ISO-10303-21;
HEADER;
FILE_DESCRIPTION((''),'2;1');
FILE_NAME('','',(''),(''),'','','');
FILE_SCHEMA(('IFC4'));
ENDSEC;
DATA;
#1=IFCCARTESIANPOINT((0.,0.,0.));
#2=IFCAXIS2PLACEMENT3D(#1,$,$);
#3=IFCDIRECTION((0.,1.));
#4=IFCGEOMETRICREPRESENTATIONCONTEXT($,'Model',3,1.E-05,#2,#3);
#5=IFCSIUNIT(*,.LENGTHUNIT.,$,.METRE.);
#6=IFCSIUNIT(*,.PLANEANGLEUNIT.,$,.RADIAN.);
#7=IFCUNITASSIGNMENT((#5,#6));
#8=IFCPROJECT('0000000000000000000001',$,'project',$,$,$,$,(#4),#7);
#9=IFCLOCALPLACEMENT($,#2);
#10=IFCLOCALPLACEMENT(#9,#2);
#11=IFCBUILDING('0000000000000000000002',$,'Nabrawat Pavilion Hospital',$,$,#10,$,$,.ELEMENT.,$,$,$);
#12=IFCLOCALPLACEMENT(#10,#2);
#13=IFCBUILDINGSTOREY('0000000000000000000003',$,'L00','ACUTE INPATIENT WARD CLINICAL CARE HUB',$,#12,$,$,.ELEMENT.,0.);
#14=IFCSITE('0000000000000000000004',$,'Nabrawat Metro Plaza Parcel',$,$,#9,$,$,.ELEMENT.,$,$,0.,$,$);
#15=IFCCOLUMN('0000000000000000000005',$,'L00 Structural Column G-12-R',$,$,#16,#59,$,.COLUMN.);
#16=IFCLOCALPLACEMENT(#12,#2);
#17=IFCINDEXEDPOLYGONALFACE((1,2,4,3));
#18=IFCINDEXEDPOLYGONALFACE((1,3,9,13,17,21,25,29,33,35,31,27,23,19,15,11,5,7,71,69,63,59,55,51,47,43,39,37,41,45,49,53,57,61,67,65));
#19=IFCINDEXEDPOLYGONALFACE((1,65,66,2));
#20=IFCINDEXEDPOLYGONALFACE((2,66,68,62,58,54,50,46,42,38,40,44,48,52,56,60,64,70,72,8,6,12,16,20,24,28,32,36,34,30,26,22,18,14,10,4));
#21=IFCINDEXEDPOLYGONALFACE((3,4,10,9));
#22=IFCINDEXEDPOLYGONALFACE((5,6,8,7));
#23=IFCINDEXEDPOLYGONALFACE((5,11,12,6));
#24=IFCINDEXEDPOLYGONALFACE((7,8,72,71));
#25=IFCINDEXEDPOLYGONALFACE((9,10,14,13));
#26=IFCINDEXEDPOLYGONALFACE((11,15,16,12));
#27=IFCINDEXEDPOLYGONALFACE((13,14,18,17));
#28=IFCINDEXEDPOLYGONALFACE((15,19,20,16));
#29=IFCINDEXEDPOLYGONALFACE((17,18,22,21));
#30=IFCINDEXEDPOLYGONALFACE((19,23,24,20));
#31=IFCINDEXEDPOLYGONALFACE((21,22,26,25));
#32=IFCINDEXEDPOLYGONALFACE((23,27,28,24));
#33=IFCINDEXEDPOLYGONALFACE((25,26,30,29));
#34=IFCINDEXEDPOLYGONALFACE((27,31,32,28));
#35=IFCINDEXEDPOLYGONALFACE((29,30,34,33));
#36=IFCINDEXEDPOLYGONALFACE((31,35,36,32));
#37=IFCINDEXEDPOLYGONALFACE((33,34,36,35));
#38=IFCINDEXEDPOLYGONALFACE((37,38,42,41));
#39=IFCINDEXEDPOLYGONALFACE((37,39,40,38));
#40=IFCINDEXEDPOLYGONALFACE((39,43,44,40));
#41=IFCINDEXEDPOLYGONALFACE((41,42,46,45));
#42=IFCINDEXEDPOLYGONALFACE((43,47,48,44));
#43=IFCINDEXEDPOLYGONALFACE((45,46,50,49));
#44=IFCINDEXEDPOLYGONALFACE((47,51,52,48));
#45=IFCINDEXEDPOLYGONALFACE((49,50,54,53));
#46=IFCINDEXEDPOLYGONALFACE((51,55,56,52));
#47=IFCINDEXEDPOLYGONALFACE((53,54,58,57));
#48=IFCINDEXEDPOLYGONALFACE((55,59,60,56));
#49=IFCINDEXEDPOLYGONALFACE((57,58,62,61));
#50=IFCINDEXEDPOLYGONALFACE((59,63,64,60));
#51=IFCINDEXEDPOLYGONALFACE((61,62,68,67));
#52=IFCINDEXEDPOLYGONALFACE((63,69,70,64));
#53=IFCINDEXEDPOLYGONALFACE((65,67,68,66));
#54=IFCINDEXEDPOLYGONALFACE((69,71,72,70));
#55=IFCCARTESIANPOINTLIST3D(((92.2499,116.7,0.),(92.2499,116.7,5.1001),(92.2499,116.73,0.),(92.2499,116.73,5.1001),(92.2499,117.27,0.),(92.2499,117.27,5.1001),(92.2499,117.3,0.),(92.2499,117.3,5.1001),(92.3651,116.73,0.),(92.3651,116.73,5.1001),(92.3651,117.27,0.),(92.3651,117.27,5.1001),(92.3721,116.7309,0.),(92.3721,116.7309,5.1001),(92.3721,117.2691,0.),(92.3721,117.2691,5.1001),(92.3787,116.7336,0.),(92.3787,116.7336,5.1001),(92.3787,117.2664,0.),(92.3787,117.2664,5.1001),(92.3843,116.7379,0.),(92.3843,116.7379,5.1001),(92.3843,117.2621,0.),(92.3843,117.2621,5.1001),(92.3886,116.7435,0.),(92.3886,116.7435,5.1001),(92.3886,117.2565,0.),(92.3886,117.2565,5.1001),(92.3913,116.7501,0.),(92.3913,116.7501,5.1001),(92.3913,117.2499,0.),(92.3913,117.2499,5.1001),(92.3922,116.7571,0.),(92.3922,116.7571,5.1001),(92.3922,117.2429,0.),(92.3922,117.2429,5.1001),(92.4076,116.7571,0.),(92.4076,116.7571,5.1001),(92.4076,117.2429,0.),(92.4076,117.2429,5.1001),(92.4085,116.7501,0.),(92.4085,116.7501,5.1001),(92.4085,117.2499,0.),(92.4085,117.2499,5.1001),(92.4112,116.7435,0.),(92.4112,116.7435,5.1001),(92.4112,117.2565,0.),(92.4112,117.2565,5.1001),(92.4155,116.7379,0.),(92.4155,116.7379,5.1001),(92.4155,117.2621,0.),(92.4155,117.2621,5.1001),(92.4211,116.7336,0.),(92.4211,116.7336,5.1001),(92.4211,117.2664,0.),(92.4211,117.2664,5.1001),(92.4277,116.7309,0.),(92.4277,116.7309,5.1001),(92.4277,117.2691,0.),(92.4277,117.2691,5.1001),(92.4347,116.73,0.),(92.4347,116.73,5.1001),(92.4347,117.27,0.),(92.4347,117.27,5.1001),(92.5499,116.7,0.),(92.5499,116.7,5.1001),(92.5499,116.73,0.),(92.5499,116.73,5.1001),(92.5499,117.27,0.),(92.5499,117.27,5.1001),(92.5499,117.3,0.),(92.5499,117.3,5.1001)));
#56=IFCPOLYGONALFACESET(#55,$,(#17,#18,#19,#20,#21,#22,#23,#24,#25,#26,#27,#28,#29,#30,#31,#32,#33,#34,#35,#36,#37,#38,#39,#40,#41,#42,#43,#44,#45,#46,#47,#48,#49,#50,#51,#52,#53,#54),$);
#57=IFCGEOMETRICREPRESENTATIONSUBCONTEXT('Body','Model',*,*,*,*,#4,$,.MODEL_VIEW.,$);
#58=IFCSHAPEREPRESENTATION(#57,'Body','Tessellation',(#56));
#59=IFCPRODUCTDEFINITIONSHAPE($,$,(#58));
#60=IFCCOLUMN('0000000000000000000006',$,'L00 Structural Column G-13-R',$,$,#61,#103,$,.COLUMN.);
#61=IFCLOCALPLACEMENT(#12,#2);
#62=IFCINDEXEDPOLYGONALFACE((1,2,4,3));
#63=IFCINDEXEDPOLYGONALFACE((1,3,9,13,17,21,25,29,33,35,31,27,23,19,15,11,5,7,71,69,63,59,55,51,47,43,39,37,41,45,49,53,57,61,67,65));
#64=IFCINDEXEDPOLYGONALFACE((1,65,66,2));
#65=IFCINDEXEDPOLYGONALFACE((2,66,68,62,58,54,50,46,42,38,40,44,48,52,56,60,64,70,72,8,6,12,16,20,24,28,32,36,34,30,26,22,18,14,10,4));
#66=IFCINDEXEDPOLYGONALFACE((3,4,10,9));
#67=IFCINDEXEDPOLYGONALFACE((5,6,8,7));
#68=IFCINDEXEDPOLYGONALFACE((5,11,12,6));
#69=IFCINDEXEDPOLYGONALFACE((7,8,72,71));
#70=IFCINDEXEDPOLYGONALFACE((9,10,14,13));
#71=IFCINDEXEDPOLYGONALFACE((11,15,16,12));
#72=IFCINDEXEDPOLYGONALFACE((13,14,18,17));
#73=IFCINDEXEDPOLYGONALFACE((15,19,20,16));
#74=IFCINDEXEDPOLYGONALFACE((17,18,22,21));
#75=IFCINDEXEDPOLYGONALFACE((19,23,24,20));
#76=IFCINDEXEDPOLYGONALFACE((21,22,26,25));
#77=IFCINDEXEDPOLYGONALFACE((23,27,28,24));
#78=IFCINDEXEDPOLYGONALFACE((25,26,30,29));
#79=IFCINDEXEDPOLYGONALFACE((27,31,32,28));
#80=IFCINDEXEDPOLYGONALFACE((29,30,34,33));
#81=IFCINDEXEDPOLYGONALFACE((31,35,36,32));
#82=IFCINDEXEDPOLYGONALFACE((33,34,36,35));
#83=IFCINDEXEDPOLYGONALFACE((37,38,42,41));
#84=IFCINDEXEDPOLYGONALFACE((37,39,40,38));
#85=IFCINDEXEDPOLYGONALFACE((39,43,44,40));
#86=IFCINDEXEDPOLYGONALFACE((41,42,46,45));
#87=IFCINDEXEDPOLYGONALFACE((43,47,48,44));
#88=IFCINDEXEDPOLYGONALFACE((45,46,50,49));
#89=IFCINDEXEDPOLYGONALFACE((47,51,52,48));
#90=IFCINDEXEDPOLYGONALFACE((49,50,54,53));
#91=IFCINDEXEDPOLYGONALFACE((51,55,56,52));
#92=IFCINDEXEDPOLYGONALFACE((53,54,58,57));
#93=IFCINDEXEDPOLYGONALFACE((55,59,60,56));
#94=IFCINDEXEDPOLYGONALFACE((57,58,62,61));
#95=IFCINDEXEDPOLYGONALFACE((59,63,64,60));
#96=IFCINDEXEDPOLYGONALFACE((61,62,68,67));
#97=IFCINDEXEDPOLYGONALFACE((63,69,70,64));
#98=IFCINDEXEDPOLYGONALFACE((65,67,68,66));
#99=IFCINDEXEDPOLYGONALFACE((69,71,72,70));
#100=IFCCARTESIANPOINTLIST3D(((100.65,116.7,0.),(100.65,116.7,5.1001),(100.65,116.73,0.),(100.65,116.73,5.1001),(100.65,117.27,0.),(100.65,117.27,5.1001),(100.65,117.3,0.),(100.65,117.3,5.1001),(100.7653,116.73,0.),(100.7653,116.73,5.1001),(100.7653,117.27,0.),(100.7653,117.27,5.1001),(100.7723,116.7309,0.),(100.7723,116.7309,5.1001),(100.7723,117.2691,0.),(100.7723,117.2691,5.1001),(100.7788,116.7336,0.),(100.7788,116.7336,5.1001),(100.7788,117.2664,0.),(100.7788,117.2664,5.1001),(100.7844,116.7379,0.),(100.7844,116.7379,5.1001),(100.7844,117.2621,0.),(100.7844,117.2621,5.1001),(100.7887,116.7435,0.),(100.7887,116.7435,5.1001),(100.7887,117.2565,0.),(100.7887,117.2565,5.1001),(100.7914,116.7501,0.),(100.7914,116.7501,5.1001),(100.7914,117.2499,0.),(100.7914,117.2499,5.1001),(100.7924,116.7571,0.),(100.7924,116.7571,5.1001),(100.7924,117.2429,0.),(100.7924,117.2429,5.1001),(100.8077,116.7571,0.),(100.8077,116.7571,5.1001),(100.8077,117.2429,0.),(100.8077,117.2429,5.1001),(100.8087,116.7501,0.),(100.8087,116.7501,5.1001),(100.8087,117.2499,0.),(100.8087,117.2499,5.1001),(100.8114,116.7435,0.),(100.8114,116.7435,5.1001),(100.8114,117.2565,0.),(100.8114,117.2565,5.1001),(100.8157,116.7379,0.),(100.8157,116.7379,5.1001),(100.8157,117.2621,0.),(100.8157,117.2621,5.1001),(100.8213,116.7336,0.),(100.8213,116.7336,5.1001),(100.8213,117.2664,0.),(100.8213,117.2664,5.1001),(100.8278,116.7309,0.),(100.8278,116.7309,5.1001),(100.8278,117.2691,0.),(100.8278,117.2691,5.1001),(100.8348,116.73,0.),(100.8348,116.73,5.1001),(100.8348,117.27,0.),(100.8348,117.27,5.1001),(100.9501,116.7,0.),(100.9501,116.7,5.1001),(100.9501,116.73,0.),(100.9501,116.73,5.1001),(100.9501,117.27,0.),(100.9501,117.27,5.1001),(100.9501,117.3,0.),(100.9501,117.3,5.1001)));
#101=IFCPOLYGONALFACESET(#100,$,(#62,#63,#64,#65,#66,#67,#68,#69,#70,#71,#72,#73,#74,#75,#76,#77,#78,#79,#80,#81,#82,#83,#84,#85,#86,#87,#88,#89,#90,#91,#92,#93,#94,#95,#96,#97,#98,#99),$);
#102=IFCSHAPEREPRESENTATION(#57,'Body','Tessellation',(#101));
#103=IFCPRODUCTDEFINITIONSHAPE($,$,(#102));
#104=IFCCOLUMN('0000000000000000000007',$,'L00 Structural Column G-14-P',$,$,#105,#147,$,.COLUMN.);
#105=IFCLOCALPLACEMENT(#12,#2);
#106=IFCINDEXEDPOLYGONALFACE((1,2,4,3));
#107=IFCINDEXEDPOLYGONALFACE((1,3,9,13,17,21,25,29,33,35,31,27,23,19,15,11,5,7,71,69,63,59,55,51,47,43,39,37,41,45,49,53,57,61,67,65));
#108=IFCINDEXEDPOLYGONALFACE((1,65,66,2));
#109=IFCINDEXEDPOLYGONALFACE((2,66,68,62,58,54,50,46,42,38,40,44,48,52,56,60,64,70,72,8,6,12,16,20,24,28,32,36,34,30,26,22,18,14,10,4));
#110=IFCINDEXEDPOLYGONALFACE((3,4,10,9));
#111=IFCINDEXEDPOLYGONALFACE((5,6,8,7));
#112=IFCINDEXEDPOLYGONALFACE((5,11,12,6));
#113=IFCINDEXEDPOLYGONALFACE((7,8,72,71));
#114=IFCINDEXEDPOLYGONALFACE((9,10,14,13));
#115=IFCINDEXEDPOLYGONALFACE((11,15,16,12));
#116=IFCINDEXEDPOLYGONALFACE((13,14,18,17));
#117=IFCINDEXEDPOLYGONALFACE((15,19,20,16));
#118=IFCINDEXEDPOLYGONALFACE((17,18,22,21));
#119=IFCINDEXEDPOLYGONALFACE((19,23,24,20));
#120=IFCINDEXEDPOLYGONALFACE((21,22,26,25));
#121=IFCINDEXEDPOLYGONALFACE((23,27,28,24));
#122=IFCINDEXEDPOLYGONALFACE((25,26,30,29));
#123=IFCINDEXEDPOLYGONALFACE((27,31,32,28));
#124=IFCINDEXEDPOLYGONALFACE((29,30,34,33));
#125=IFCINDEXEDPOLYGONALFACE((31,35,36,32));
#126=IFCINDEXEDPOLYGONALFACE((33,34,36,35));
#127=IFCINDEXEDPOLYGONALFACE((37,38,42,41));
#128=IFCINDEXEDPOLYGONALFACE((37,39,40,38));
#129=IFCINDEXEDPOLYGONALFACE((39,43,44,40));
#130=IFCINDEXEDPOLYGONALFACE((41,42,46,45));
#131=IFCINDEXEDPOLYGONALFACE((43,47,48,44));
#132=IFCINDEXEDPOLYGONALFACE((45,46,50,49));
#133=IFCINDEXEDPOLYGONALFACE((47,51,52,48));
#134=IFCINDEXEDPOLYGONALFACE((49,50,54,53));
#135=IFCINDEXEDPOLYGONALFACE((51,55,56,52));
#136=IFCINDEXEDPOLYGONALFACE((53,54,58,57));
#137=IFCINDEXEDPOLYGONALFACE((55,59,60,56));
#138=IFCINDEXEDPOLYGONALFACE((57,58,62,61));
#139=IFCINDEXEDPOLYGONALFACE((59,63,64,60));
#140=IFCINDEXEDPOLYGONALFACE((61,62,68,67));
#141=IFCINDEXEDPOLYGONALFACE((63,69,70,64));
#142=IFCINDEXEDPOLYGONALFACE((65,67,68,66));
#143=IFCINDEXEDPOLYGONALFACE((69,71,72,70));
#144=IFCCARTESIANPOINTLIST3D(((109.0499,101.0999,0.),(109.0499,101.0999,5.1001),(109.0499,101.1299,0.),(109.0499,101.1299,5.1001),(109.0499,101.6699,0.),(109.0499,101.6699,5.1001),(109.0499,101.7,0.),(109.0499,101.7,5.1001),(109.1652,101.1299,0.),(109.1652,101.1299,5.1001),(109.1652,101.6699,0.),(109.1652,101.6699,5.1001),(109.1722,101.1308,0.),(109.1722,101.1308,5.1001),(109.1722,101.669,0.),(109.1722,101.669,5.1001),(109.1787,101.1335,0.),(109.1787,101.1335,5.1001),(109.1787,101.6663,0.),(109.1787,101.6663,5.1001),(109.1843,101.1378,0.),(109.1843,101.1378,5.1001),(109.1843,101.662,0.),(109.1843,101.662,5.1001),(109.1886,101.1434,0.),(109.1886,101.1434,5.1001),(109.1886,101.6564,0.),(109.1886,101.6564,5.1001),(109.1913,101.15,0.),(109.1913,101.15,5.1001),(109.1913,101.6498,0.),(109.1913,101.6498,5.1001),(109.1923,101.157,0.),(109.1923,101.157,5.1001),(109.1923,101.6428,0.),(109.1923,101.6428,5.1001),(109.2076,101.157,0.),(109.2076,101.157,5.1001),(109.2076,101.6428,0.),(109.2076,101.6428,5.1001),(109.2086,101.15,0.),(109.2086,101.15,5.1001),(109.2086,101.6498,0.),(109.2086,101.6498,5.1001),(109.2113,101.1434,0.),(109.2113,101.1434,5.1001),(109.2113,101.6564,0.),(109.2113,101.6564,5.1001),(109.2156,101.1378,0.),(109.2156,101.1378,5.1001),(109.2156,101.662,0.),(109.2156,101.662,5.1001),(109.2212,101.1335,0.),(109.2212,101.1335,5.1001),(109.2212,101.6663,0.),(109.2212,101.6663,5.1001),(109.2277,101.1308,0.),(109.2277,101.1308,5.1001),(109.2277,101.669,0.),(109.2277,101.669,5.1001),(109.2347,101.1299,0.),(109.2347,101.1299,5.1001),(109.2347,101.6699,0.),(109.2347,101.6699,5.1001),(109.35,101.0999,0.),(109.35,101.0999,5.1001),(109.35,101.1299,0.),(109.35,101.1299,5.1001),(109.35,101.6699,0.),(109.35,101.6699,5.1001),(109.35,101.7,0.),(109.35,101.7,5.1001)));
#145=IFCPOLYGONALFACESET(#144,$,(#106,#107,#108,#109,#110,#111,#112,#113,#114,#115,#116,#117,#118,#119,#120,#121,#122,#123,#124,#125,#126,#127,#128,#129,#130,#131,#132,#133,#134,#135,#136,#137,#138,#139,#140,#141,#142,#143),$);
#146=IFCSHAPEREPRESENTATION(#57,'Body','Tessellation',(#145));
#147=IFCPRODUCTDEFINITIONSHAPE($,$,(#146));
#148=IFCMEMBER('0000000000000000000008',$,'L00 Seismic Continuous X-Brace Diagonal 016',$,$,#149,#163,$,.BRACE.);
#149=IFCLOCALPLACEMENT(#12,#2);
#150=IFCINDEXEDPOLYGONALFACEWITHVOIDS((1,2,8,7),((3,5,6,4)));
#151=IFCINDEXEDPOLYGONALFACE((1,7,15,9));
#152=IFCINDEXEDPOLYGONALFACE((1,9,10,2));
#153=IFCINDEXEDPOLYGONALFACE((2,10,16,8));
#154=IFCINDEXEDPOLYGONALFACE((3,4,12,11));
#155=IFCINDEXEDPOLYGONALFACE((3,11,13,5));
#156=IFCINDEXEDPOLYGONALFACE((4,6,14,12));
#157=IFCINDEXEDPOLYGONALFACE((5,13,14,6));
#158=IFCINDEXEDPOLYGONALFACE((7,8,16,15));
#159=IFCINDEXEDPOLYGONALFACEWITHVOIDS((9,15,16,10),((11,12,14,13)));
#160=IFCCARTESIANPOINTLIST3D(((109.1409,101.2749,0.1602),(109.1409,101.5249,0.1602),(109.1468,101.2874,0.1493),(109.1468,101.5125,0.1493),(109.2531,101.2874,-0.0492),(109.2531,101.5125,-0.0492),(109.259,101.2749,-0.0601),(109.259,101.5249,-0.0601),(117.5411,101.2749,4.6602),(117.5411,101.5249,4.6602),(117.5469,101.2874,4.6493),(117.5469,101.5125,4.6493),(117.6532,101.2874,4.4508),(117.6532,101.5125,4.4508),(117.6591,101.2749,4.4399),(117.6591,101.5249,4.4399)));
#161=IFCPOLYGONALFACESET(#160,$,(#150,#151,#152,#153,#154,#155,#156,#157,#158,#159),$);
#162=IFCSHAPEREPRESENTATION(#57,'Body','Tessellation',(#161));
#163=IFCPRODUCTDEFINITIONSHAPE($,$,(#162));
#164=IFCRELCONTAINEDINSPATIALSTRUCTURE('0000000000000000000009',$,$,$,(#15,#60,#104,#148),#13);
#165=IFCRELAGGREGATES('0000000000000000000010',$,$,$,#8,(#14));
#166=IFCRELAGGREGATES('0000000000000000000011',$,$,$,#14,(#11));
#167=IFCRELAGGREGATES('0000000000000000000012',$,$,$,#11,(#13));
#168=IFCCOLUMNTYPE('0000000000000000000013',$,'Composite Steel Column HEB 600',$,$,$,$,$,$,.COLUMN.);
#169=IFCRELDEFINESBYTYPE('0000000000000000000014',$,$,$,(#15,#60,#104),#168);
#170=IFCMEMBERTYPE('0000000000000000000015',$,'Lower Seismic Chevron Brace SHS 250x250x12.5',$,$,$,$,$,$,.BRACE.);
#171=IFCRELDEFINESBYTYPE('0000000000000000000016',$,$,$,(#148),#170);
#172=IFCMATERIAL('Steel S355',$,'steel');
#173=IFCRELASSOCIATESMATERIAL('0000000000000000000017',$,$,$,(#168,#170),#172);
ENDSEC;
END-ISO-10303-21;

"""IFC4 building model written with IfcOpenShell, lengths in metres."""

from ifc_helpers import new_model, si_unit, direction, frame, origin, origin_2d, place, context, subcontext, project, spatial, hollow_rectangle, i_section, extrude, material, material_profile, profile_set, type_object, element, save


model = new_model("IFC4")

# Units and contexts
model_context = context("Model", 3, precision=1e-05, world=origin(), true_north=direction((0.0, 1.0)))
body_context = subcontext(model_context, "Body", "Model", "MODEL_VIEW")
ifc_project = project(units=[si_unit("LENGTHUNIT", "METRE"), si_unit("PLANEANGLEUNIT", "RADIAN")], contexts=[model_context])

# Site, building, storey
site_placement = place(None, origin())
site = spatial("IfcSite", under=ifc_project, at=site_placement, Name="Nabrawat Metro Plaza Parcel", CompositionType="ELEMENT", RefElevation=0.0)
building_placement = place(site_placement, origin())
building = spatial("IfcBuilding", under=site, at=building_placement, Name="Nabrawat Pavilion Hospital", CompositionType="ELEMENT")
storey_placement = place(building_placement, origin())
storey = spatial("IfcBuildingStorey", under=building, at=storey_placement, Name="L00", Description="ACUTE INPATIENT WARD CLINICAL CARE HUB", CompositionType="ELEMENT", Elevation=0.0)

# Columns
ifc_material_1 = material(Name="Steel S355", Category="steel")
ifc_material_profile_1 = material_profile(ifc_material_1, i_section(OverallWidth=0.3, OverallDepth=0.6001, WebThickness=0.0154, FlangeThickness=0.03, FilletRadius=0.0271, at=origin_2d()), Name="HEB 600")
ifc_profile_set_1 = profile_set([ifc_material_profile_1], Name="Steel S355")
column_type = type_object("IfcColumnType", Name="Composite Steel Column HEB 600", PredefinedType="COLUMN", material=ifc_profile_set_1)
for number, where, z_axis, x_axis, name in (
    (1, (92.3999, 117.0, 0.0), (0.0, 0.0, 1.0), (1.0, 0.0, 0.0), "L00 Structural Column G-12-R"),
    (2, (100.8, 117.0, 0.0), (0.0, 0.0, 1.0), (1.0, 0.0, 0.0), "L00 Structural Column G-13-R"),
    (3, (109.2, 101.3999, 0.0), (0.0, 0.0, 1.0), (1.0, 0.0, 0.0), "L00 Structural Column G-14-P"),
):
    element("IfcColumn", number, at=place(storey_placement, frame(where, z_axis=z_axis, x_axis=x_axis)), inside=storey, type_object=column_type, Name=name, PredefinedType="COLUMN", context=body_context, shape_type="SweptSolid", body=[
        extrude(i_section(OverallWidth=0.3, OverallDepth=0.6001, WebThickness=0.0154, FlangeThickness=0.03, FilletRadius=0.0271, at=origin_2d()), origin(), (0.0, 0.0, 1.0), 5.1001),
    ])

# Member
ifc_material_profile_2 = material_profile(ifc_material_1, hollow_rectangle(XDim=0.25, YDim=0.25, WallThickness=0.0125, at=origin_2d()), Name="SHS 250x250x12.5")
ifc_profile_set_2 = profile_set([ifc_material_profile_2], Name="Steel S355")
member_type = type_object("IfcMemberType", Name="Lower Seismic Chevron Brace SHS 250x250x12.5", PredefinedType="BRACE", material=ifc_profile_set_2)
member_placement = place(storey_placement, frame((109.2, 101.3999, 0.05), z_axis=(0.881483, 0.0, 0.472215), x_axis=(0.0, 1.0, 0.0)))
element("IfcMember", 4, at=member_placement, inside=storey, type_object=member_type, Name="L00 Seismic Continuous X-Brace Diagonal 016", PredefinedType="BRACE", context=body_context, shape_type="SweptSolid", body=[
    extrude(hollow_rectangle(XDim=0.25, YDim=0.25, WallThickness=0.0125, at=origin_2d()), origin(), (0.0, 0.0, 1.0), 9.5295),
])

save(model, "model.ifc")
